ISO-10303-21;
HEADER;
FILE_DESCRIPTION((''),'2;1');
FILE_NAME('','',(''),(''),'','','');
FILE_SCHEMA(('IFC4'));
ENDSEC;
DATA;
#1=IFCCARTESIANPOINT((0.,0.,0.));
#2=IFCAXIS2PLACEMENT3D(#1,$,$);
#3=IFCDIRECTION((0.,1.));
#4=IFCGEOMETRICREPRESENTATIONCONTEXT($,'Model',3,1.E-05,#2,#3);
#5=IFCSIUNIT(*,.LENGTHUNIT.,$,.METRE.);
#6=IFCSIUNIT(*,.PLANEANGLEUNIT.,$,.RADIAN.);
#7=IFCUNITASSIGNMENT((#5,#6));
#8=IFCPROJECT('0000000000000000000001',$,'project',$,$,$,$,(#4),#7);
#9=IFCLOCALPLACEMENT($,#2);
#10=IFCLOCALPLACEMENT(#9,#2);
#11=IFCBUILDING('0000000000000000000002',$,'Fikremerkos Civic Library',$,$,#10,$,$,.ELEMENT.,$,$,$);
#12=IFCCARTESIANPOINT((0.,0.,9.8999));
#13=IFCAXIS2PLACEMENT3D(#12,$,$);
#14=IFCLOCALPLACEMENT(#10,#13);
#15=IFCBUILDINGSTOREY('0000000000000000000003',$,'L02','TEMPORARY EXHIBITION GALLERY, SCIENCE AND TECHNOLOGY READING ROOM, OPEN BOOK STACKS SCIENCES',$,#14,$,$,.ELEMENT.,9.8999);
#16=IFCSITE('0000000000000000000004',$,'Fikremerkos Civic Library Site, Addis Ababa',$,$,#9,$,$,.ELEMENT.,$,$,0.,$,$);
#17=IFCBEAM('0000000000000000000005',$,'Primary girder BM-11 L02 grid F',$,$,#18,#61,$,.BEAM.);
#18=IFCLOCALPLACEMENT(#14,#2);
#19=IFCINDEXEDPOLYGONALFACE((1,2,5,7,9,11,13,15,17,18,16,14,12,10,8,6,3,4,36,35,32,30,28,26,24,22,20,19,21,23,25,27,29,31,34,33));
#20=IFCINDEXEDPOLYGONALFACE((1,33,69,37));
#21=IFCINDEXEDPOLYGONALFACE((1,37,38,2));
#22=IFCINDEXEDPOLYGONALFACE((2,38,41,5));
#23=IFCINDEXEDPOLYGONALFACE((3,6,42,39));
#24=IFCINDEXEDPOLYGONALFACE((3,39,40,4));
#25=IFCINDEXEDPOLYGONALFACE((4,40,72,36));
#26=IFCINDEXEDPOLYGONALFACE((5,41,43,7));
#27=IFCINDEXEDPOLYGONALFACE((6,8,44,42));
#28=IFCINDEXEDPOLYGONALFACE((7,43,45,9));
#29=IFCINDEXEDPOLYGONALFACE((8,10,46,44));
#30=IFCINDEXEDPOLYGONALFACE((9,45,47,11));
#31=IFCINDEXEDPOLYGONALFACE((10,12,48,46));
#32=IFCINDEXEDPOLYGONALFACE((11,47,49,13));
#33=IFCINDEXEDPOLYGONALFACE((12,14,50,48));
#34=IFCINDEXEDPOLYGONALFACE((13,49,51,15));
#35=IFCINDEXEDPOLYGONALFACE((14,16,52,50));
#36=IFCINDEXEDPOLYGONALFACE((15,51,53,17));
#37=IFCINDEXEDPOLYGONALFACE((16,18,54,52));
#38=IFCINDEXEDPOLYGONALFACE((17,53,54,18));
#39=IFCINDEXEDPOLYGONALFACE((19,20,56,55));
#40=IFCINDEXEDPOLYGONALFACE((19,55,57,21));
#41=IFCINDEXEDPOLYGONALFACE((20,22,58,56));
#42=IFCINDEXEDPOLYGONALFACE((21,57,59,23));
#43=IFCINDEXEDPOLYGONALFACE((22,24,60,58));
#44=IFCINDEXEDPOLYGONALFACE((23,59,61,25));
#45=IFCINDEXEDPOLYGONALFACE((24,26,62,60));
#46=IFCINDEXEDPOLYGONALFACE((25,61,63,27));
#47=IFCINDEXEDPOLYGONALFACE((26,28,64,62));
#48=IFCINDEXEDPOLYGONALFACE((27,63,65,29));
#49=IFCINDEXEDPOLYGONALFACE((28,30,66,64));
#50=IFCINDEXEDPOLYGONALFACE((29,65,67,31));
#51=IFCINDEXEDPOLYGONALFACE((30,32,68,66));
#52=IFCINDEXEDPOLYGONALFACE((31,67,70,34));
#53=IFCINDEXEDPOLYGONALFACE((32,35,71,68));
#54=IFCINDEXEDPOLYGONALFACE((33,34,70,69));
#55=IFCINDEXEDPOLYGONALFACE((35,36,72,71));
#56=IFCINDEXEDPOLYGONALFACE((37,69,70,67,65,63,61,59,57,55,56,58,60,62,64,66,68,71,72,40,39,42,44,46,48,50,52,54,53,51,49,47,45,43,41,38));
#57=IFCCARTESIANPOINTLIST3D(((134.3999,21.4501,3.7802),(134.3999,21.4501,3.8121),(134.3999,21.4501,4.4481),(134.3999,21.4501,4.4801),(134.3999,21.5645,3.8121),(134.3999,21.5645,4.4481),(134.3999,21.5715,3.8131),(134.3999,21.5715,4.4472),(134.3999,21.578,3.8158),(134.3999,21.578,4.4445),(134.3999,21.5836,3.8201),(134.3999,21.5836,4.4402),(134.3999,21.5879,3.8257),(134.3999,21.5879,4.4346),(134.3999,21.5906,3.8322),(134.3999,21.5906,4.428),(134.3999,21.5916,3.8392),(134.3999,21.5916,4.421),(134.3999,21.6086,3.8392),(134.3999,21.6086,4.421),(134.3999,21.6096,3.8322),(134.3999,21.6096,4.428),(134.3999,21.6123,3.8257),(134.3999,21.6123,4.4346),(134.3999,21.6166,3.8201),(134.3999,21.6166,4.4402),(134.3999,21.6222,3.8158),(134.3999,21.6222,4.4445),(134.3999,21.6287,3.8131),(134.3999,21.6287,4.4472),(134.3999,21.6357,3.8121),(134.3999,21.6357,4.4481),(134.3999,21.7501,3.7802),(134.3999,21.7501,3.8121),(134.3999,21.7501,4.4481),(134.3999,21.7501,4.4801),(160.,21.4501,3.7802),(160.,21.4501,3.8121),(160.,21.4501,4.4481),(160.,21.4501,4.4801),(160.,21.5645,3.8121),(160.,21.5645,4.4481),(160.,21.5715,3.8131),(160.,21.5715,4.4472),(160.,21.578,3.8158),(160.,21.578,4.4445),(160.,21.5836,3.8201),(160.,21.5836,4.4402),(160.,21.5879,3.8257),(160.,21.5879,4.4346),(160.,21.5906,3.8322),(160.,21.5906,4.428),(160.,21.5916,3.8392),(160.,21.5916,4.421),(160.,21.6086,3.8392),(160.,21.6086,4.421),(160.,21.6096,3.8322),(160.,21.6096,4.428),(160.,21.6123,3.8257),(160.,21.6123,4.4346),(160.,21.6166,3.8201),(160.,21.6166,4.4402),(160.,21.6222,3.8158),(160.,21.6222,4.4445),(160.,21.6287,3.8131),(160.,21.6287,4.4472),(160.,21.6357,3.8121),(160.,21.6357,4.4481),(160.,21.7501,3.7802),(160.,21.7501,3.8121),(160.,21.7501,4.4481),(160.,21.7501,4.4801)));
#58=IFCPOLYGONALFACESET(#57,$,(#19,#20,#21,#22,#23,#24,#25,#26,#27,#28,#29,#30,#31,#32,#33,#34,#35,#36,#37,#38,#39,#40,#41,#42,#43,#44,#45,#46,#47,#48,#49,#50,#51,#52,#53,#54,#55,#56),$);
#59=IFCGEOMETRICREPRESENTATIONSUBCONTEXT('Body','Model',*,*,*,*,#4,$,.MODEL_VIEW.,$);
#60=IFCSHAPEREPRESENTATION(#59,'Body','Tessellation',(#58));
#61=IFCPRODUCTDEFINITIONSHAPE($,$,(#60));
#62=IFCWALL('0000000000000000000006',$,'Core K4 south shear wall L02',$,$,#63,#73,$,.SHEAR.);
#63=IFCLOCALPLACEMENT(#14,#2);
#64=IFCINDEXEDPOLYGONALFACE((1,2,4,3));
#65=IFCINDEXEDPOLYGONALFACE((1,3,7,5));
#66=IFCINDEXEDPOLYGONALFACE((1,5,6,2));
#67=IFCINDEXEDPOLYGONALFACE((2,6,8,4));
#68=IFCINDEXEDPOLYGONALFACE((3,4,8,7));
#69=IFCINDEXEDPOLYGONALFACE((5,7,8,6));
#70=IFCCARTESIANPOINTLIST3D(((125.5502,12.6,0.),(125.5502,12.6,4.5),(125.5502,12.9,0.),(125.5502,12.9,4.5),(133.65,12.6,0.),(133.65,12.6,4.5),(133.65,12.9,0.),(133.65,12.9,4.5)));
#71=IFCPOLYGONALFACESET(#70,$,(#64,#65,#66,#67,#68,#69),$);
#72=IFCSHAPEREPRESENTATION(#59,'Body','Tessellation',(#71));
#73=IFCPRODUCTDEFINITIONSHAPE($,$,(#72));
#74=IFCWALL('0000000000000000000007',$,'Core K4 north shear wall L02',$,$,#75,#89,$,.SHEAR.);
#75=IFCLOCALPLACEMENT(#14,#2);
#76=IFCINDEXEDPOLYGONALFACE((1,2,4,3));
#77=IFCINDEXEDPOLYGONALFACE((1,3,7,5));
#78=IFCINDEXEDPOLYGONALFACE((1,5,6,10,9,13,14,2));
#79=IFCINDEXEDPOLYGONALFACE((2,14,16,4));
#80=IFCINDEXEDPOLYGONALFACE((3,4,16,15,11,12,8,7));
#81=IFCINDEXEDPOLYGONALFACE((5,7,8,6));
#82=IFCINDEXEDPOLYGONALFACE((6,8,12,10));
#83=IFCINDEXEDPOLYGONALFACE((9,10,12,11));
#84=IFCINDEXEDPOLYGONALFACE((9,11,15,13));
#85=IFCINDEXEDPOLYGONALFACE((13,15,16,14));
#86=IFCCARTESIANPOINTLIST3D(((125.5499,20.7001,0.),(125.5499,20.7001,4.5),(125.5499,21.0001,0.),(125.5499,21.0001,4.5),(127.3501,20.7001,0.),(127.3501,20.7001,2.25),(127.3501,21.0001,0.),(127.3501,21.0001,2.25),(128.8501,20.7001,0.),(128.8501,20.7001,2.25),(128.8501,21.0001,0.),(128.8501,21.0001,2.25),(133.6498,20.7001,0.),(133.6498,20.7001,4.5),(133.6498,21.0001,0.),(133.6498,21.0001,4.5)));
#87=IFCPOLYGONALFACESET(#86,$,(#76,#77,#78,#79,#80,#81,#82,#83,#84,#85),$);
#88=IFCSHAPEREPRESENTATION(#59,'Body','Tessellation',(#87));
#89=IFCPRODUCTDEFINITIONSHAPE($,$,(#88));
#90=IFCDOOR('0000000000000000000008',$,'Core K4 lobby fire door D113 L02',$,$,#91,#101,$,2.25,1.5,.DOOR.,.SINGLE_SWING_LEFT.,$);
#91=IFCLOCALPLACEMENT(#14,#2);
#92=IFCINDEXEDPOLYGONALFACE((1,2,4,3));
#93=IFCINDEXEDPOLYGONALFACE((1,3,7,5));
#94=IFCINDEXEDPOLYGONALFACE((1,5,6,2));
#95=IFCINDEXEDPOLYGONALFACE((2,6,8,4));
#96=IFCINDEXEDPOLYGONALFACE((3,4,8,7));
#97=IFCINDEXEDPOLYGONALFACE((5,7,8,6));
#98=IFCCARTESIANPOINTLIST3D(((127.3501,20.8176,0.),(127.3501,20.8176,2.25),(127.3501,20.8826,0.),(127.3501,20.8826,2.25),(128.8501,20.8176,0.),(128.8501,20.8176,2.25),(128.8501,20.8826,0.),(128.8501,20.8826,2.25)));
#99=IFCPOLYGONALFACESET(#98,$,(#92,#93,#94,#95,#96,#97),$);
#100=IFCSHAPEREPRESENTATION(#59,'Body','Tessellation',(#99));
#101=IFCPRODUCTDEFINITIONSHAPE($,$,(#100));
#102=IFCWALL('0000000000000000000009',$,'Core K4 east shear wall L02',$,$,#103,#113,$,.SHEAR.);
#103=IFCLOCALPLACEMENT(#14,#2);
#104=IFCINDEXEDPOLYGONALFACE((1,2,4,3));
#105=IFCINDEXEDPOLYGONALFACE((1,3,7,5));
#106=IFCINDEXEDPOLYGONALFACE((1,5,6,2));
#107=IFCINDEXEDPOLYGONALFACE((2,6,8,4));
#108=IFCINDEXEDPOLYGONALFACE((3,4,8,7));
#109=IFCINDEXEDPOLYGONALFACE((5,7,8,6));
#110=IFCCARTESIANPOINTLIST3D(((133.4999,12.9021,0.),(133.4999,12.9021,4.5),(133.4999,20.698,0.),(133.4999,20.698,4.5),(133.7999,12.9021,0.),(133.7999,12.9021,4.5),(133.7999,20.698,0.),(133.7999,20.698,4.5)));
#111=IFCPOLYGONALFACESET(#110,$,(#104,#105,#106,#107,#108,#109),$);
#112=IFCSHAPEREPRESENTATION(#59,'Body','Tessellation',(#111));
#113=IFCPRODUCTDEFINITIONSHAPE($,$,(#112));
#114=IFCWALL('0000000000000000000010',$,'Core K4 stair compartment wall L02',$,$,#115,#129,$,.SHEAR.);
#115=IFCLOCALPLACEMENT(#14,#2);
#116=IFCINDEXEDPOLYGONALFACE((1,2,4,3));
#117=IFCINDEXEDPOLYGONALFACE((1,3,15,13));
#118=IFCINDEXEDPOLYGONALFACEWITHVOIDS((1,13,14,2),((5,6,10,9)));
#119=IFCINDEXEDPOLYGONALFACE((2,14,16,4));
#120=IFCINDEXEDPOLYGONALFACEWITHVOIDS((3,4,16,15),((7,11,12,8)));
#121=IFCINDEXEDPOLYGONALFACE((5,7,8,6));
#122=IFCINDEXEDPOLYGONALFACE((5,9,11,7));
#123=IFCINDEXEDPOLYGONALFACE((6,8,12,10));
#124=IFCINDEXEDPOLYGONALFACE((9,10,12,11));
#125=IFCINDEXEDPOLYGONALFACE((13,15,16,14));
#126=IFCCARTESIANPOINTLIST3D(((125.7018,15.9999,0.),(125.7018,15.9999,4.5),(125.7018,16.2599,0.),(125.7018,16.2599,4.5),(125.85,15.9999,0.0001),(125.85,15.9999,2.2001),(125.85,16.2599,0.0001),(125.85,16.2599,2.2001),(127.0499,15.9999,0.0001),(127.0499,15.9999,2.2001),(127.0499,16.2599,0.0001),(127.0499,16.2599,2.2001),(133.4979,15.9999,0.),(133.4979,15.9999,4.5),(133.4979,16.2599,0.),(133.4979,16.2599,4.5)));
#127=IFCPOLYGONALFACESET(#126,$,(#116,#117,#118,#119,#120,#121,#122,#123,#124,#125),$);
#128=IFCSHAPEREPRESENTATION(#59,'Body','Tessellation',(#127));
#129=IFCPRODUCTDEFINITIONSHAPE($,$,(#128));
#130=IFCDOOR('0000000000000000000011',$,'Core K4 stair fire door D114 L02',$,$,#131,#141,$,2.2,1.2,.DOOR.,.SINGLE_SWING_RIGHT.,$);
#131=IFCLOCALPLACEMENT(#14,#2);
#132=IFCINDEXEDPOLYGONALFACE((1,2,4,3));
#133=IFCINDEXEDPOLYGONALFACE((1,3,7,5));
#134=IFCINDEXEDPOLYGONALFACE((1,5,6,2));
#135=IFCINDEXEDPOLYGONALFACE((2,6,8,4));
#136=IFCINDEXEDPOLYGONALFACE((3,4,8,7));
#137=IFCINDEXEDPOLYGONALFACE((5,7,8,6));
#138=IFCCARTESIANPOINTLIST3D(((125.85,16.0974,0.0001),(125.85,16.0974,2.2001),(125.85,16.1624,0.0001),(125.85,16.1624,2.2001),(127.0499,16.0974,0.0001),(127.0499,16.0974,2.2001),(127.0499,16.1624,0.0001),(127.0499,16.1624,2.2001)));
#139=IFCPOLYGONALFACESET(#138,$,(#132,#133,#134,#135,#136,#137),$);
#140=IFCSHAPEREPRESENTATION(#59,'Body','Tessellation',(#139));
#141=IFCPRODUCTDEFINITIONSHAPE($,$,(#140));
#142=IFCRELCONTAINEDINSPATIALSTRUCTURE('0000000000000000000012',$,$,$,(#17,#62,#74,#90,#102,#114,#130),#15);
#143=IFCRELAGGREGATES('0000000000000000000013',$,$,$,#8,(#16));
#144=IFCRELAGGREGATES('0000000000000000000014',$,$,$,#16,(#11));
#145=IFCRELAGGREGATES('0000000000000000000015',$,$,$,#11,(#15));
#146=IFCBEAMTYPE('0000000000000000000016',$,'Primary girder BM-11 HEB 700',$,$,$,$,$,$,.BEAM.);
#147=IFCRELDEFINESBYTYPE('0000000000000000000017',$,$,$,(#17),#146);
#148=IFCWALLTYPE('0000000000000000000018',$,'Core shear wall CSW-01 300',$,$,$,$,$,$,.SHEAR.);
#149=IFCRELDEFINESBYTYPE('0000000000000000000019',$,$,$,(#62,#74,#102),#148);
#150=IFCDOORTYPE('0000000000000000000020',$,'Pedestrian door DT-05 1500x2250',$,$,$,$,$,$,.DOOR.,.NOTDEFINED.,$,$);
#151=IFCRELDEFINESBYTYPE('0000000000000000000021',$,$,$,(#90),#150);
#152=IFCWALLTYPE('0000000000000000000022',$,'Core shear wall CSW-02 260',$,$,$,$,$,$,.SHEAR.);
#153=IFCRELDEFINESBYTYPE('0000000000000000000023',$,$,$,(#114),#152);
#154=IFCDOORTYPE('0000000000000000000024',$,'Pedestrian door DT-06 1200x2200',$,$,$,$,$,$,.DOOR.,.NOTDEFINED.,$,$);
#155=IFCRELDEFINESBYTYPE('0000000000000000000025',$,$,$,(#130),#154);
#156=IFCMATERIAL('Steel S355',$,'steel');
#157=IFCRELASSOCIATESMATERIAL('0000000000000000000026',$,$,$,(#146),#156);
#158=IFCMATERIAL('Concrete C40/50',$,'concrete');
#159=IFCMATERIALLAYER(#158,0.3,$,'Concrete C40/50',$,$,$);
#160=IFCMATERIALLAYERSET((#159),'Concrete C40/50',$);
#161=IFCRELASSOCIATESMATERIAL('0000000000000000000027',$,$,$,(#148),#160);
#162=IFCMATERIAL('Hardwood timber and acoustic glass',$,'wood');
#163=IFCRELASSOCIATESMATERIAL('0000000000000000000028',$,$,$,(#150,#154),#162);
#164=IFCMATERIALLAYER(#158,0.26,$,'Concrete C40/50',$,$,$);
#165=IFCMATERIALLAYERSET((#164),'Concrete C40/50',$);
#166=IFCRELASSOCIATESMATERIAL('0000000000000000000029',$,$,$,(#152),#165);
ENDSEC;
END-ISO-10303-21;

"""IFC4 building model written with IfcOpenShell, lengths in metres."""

from ifc_helpers import new_model, si_unit, direction, frame, frame_2d, origin, origin_2d, place, context, subcontext, project, spatial, rectangle, i_section, extrude, material, layer, layer_set, material_profile, profile_set, type_object, element, fill, save


model = new_model("IFC4")

# Units and contexts
model_context = context("Model", 3, precision=1e-05, world=origin(), true_north=direction((0.0, 1.0)))
body_context = subcontext(model_context, "Body", "Model", "MODEL_VIEW")
ifc_project = project(units=[si_unit("LENGTHUNIT", "METRE"), si_unit("PLANEANGLEUNIT", "RADIAN")], contexts=[model_context])

# Site, building, storey
site_placement = place(None, origin())
site = spatial("IfcSite", under=ifc_project, at=site_placement, Name="Fikremerkos Civic Library Site, Addis Ababa", CompositionType="ELEMENT", RefElevation=0.0)
building_placement = place(site_placement, origin())
building = spatial("IfcBuilding", under=site, at=building_placement, Name="Fikremerkos Civic Library", CompositionType="ELEMENT")
storey_placement = place(building_placement, frame((0.0, 0.0, 9.8999)))
storey = spatial("IfcBuildingStorey", under=building, at=storey_placement, Name="L02", Description="TEMPORARY EXHIBITION GALLERY, SCIENCE AND TECHNOLOGY READING ROOM, OPEN BOOK STACKS SCIENCES", CompositionType="ELEMENT", Elevation=9.8999)

# Shared definitions
ifc_material_1 = material(Name="Concrete C40/50", Category="concrete")
ifc_material_2 = material(Name="Steel S355", Category="steel")

# Beam
ifc_material_profile_1 = material_profile(ifc_material_2, i_section(OverallWidth=0.3, OverallDepth=0.7, WebThickness=0.0171, FlangeThickness=0.032, FilletRadius=0.0271, at=origin_2d()), Name="HEB 700")
ifc_profile_set_1 = profile_set([ifc_material_profile_1], Name="Steel S355")
beam_type_1 = type_object("IfcBeamType", Name="Primary girder BM-11 HEB 700", PredefinedType="BEAM", material=ifc_profile_set_1)
beam_1_placement = place(storey_placement, frame((134.3999, 21.6001, 4.1301), z_axis=(1.0, 0.0, 0.0), x_axis=(0.0, 1.0, 0.0)))
element("IfcBeam", 1, at=beam_1_placement, inside=storey, type_object=beam_type_1, Name="Primary girder BM-11 L02 grid F", PredefinedType="BEAM", context=body_context, shape_type="SweptSolid", body=[
    extrude(i_section(OverallWidth=0.3, OverallDepth=0.7, WebThickness=0.0171, FlangeThickness=0.032, FilletRadius=0.0271, at=origin_2d()), origin(), (0.0, 0.0, 1.0), 25.6001),
])

# Wall
ifc_layer_1 = layer(ifc_material_1, 0.3, Name="Concrete C40/50")
ifc_layer_set_1 = layer_set([ifc_layer_1], Name="Concrete C40/50")
wall_type_1 = type_object("IfcWallType", Name="Core shear wall CSW-01 300", PredefinedType="SHEAR", material=ifc_layer_set_1)
wall_1_placement = place(storey_placement, frame((133.6499, 12.75, 0.0), z_axis=(0.0, 0.0, 1.0), x_axis=(-1.0, 0.0, 0.0)))
element("IfcWall", 2, at=wall_1_placement, inside=storey, type_object=wall_type_1, Name="Core K4 south shear wall L02", PredefinedType="SHEAR", context=body_context, shape_type="SweptSolid", body=[
    extrude(rectangle(XDim=8.0999, YDim=0.3, at=frame_2d((4.0498, 0.0))), origin(), (0.0, 0.0, 1.0), 4.5),
])

# Wall, opening, door
wall_2_placement = place(storey_placement, frame((125.55, 20.8501, 0.0), z_axis=(0.0, 0.0, 1.0), x_axis=(1.0, 0.0, 0.0)))
wall_2 = element("IfcWall", 3, at=wall_2_placement, inside=storey, type_object=wall_type_1, Name="Core K4 north shear wall L02", PredefinedType="SHEAR", context=body_context, shape_type="SweptSolid", body=[
    extrude(rectangle(XDim=8.0999, YDim=0.3, at=frame_2d((4.0498, 0.0))), origin(), (0.0, 0.0, 1.0), 4.5),
])
opening_1_placement = place(wall_2_placement, frame((1.8, 0.0, 0.0)))
opening_1 = element("IfcOpeningElement", 4, at=opening_1_placement, cuts=wall_2, PredefinedType="OPENING", context=body_context, shape_type="SweptSolid", body=[
    extrude(rectangle(XDim=1.5, YDim=2.25, at=frame_2d((0.75, 1.125))), frame((0.0, 0.1599, 0.0), z_axis=(0.0, -1.0, 0.0), x_axis=(1.0, 0.0, 0.0)), (0.0, 0.0, 1.0), 0.3201),
])
ifc_material_3 = material(Name="Hardwood timber and acoustic glass", Category="wood")
door_type_1 = type_object("IfcDoorType", Name="Pedestrian door DT-05 1500x2250", OperationType="NOTDEFINED", PredefinedType="DOOR", material=ifc_material_3)
door_1_placement = place(opening_1_placement, origin())
door_1 = element("IfcDoor", 5, at=door_1_placement, inside=storey, type_object=door_type_1, Name="Core K4 lobby fire door D113 L02", OperationType="SINGLE_SWING_LEFT", OverallHeight=2.25, OverallWidth=1.5, PredefinedType="DOOR", context=body_context, shape_type="SweptSolid", body=[
    extrude(rectangle(XDim=1.5, YDim=2.25, at=frame_2d((0.75, 1.125))), frame((0.0, 0.0325, 0.0), z_axis=(0.0, -1.0, 0.0), x_axis=(1.0, 0.0, 0.0)), (0.0, 0.0, 1.0), 0.0649),
])
fill(opening_1, door_1)

# Wall
wall_3_placement = place(storey_placement, frame((133.6499, 20.698, 0.0), z_axis=(0.0, 0.0, 1.0), x_axis=(0.0, -1.0, 0.0)))
element("IfcWall", 6, at=wall_3_placement, inside=storey, type_object=wall_type_1, Name="Core K4 east shear wall L02", PredefinedType="SHEAR", context=body_context, shape_type="SweptSolid", body=[
    extrude(rectangle(XDim=7.7959, YDim=0.3, at=frame_2d((3.8979, 0.0))), origin(), (0.0, 0.0, 1.0), 4.5),
])

# Wall, opening, door
ifc_layer_2 = layer(ifc_material_1, 0.26, Name="Concrete C40/50")
ifc_layer_set_2 = layer_set([ifc_layer_2], Name="Concrete C40/50")
wall_type_2 = type_object("IfcWallType", Name="Core shear wall CSW-02 260", PredefinedType="SHEAR", material=ifc_layer_set_2)
wall_4_placement = place(storey_placement, frame((125.7019, 16.1299, 0.0), z_axis=(0.0, 0.0, 1.0), x_axis=(1.0, 0.0, 0.0)))
wall_4 = element("IfcWall", 7, at=wall_4_placement, inside=storey, type_object=wall_type_2, Name="Core K4 stair compartment wall L02", PredefinedType="SHEAR", context=body_context, shape_type="SweptSolid", body=[
    extrude(rectangle(XDim=7.7961, YDim=0.26, at=frame_2d((3.8979, 0.0))), origin(), (0.0, 0.0, 1.0), 4.5),
])
opening_2_placement = place(wall_4_placement, frame((0.1479, 0.0, 0.0)))
opening_2 = element("IfcOpeningElement", 8, at=opening_2_placement, cuts=wall_4, PredefinedType="OPENING", context=body_context, shape_type="SweptSolid", body=[
    extrude(rectangle(XDim=1.2, YDim=2.2, at=frame_2d((0.6001, 1.1001))), frame((0.0, 0.1399, 0.0), z_axis=(0.0, -1.0, 0.0), x_axis=(1.0, 0.0, 0.0)), (0.0, 0.0, 1.0), 0.28),
])
door_type_2 = type_object("IfcDoorType", Name="Pedestrian door DT-06 1200x2200", OperationType="NOTDEFINED", PredefinedType="DOOR", material=ifc_material_3)
door_2_placement = place(opening_2_placement, origin())
door_2 = element("IfcDoor", 9, at=door_2_placement, inside=storey, type_object=door_type_2, Name="Core K4 stair fire door D114 L02", OperationType="SINGLE_SWING_RIGHT", OverallHeight=2.2, OverallWidth=1.2, PredefinedType="DOOR", context=body_context, shape_type="SweptSolid", body=[
    extrude(rectangle(XDim=1.2, YDim=2.2, at=frame_2d((0.6001, 1.1001))), frame((0.0, 0.0325, 0.0), z_axis=(0.0, -1.0, 0.0), x_axis=(1.0, 0.0, 0.0)), (0.0, 0.0, 1.0), 0.0649),
])
fill(opening_2, door_2)

save(model, "model.ifc")
